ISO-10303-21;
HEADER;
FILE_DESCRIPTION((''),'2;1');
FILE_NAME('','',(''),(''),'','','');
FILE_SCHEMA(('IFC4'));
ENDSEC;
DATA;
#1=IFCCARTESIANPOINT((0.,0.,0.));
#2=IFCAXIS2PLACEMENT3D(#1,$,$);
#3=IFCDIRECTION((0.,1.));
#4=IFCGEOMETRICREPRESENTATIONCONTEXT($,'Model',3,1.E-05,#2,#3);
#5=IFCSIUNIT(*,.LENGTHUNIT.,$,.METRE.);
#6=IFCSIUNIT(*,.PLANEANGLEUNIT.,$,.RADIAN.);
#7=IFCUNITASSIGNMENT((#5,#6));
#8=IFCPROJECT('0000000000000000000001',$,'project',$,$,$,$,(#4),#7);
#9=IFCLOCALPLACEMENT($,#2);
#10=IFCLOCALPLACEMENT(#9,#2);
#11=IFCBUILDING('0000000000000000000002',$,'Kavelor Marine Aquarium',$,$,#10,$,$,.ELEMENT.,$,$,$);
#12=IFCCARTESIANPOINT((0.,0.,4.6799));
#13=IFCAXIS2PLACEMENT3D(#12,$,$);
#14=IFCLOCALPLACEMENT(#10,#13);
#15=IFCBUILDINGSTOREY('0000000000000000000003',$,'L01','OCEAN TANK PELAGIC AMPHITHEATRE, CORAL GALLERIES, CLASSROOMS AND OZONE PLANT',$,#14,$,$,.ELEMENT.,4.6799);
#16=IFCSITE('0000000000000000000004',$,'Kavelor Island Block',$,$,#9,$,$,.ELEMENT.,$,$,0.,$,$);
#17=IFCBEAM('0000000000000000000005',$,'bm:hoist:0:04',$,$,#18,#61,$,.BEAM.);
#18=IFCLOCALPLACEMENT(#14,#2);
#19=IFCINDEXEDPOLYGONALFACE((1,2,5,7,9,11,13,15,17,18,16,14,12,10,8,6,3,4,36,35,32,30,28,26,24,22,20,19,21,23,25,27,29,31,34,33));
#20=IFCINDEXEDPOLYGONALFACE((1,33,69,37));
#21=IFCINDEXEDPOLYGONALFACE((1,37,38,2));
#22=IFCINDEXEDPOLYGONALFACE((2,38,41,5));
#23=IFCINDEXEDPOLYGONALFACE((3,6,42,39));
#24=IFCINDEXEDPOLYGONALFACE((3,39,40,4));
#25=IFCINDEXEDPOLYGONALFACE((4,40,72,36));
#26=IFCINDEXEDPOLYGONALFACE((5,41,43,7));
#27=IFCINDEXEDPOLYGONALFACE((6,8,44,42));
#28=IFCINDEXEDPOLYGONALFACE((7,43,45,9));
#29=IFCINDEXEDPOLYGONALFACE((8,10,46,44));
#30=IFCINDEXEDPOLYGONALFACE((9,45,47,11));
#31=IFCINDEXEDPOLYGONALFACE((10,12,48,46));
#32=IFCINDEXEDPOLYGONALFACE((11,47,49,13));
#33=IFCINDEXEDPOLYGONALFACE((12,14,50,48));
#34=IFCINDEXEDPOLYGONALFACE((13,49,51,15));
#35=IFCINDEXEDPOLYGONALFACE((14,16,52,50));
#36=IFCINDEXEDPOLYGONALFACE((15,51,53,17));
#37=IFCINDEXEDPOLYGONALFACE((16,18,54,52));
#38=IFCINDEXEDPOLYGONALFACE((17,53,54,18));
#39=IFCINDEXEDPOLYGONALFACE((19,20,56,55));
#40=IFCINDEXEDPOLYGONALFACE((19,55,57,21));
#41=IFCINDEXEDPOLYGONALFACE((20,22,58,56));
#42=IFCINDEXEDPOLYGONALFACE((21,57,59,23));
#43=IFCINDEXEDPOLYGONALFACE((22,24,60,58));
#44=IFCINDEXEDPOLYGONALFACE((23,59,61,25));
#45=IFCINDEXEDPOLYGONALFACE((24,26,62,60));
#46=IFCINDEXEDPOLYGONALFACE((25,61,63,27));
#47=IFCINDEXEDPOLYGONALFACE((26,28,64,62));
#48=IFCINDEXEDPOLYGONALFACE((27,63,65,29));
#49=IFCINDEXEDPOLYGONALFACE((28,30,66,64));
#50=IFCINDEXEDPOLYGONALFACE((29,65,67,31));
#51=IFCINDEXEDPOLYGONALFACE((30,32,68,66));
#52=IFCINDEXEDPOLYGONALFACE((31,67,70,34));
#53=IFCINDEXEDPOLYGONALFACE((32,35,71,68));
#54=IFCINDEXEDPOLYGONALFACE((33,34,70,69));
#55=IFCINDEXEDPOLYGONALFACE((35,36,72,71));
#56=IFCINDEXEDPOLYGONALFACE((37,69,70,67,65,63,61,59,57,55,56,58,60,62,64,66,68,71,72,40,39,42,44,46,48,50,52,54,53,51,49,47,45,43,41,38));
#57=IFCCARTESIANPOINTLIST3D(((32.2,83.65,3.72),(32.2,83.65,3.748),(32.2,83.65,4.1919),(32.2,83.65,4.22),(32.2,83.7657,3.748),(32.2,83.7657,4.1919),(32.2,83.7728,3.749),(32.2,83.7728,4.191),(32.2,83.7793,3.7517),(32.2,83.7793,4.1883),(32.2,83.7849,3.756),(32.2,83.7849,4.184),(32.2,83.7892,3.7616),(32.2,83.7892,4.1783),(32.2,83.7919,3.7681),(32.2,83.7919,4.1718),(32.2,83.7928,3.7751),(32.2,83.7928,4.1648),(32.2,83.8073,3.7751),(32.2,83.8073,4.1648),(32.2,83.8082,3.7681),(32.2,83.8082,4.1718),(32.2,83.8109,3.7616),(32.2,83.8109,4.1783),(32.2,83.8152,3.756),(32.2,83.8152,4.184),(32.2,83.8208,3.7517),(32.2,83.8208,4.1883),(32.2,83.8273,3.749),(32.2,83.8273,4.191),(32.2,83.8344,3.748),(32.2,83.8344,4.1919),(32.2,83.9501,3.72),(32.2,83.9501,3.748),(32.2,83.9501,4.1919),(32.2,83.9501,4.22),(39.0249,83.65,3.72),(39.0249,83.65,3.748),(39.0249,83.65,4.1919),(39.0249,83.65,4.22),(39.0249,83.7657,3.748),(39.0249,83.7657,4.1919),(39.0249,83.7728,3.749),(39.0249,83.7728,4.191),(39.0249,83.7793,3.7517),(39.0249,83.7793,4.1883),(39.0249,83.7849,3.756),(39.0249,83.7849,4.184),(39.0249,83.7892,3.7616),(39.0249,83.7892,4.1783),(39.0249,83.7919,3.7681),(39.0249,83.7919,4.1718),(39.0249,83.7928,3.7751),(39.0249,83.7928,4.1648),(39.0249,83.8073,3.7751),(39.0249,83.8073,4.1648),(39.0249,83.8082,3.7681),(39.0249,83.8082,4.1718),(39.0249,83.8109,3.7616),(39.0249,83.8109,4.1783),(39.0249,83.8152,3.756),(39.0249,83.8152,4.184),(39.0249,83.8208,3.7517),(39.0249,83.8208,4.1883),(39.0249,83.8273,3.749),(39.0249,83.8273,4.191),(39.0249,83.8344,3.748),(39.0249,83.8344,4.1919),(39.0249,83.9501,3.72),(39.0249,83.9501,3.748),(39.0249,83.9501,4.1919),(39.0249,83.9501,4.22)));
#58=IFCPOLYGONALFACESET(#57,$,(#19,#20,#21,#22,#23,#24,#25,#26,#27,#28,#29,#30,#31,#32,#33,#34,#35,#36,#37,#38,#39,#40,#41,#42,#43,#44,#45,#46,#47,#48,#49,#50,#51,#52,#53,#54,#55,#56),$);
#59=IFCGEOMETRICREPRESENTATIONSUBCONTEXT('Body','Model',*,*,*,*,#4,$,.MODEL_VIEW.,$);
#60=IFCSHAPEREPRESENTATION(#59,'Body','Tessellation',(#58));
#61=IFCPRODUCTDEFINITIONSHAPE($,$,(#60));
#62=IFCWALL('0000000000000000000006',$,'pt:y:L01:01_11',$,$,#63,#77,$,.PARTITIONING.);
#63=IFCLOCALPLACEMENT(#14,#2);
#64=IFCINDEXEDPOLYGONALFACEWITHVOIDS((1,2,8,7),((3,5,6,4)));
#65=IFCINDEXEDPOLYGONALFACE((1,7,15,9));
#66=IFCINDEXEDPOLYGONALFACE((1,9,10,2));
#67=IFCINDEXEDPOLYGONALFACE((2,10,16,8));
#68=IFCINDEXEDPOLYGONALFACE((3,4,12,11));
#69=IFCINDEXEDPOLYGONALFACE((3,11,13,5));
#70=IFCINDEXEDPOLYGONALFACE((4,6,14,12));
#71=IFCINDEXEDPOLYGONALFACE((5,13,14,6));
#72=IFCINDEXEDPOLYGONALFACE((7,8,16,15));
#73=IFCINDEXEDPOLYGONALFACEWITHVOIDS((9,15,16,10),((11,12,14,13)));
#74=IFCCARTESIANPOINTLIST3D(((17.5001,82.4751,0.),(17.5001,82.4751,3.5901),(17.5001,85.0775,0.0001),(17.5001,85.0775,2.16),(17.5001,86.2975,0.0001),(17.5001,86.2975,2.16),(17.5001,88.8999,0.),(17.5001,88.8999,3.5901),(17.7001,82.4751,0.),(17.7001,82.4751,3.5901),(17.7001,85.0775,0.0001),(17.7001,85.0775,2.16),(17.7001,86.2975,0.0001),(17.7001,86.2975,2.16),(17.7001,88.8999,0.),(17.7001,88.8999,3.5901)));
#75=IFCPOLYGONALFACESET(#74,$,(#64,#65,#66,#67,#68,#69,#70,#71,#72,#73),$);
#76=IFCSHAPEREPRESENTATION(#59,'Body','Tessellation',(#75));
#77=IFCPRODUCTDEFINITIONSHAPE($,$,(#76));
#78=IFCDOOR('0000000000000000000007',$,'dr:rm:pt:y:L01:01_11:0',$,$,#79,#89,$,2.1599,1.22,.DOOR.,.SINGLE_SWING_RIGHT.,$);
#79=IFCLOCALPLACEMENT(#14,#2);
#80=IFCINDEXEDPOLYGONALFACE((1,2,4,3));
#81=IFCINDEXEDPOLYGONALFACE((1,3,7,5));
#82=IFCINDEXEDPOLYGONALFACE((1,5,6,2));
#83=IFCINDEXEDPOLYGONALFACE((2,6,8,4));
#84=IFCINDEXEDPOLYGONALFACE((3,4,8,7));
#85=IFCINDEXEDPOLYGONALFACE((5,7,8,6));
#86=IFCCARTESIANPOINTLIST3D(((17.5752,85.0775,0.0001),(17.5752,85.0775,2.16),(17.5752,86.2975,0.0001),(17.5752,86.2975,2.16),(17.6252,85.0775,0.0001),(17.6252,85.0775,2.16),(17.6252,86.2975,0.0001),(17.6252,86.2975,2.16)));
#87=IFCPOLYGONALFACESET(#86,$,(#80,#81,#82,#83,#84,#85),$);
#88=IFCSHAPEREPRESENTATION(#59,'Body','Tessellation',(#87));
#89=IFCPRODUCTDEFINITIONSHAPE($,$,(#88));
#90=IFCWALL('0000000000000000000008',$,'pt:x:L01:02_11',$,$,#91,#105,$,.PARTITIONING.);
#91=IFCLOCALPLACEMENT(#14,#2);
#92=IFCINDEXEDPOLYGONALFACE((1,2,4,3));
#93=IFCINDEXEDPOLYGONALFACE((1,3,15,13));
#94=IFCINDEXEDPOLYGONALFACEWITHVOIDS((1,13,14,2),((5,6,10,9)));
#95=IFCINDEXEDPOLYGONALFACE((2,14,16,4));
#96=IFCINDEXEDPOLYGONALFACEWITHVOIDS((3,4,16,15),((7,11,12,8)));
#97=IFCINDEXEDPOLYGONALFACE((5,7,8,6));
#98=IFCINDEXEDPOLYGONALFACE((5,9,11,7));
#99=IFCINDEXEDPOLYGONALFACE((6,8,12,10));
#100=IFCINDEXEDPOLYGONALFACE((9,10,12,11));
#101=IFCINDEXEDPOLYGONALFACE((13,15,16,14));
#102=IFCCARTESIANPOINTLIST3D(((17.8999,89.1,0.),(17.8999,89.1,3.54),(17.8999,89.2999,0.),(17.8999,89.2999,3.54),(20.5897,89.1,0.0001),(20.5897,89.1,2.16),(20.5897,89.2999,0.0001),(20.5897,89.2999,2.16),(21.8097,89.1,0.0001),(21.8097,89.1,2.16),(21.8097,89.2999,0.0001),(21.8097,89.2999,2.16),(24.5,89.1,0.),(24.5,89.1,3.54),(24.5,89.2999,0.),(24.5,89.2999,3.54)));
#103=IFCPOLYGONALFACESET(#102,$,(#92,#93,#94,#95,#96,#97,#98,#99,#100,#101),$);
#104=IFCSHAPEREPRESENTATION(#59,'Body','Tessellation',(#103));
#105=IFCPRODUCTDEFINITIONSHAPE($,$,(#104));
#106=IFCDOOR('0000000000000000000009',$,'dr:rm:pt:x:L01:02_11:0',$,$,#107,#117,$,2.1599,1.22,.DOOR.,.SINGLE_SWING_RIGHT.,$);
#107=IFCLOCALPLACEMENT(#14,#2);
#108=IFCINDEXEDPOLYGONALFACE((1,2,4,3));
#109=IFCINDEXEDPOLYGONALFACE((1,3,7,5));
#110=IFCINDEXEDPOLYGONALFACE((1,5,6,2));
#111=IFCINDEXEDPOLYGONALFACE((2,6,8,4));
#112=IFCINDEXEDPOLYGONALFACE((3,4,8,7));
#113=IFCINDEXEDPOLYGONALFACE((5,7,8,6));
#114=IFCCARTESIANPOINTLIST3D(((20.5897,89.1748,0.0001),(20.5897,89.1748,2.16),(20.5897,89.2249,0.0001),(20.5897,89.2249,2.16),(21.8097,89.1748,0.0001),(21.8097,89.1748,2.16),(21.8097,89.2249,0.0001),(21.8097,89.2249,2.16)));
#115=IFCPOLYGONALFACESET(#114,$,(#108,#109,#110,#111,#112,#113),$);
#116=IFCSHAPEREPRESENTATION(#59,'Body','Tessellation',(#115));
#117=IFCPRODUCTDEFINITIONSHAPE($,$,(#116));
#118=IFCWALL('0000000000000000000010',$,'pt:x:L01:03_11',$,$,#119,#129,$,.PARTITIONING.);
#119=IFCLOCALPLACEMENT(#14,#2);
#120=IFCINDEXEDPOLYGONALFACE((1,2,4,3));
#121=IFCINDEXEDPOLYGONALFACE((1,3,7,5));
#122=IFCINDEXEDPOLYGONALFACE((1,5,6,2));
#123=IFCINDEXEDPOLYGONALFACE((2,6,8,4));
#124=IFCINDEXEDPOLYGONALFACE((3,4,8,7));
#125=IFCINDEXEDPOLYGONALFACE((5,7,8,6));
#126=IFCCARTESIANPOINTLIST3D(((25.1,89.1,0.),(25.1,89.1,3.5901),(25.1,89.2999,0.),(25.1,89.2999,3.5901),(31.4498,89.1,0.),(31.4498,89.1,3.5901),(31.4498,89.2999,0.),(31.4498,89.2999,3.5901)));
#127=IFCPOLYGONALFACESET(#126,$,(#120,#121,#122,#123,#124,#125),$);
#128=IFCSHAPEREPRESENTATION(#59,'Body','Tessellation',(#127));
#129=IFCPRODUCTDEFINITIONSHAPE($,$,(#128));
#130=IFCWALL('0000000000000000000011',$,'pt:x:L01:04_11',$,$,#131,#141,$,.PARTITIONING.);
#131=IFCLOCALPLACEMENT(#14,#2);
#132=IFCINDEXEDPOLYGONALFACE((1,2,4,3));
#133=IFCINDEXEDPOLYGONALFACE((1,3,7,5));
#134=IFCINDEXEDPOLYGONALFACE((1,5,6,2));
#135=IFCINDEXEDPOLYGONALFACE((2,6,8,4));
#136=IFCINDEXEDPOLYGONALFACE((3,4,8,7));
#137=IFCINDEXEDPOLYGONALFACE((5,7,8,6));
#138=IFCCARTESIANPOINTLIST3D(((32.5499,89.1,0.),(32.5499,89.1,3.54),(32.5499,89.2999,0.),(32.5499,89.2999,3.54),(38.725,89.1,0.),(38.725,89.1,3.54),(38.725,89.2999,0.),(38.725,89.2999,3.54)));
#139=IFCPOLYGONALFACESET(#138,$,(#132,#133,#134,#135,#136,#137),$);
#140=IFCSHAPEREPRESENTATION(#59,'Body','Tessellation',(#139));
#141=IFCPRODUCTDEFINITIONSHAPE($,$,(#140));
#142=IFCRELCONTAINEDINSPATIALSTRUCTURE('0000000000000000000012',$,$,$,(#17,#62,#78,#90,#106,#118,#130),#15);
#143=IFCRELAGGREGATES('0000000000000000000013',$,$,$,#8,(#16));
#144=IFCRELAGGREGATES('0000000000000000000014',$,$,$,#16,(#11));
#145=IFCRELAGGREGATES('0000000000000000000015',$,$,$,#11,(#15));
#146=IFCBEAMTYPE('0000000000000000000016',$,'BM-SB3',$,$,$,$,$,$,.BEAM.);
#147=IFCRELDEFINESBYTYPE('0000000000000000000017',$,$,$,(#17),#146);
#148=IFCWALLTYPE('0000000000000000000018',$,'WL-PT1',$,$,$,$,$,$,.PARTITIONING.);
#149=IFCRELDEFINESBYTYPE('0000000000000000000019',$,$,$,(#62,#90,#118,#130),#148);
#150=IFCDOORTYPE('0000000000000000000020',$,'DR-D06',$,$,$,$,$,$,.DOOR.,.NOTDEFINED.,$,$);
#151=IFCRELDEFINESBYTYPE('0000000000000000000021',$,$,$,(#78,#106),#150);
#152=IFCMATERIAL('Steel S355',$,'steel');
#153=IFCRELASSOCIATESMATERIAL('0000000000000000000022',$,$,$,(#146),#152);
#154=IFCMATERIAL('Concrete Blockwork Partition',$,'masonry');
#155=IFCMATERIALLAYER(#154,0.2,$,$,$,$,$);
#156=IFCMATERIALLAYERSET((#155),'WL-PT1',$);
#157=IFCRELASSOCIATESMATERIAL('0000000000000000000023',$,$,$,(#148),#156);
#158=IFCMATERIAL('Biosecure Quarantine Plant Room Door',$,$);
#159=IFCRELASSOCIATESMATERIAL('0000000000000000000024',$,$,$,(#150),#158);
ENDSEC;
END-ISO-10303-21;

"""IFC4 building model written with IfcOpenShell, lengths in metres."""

from ifc_helpers import new_model, si_unit, direction, frame, frame_2d, origin, origin_2d, place, context, subcontext, project, spatial, rectangle, i_section, extrude, material, layer, layer_set, material_profile, profile_set, type_object, element, fill, save


model = new_model("IFC4")

# Units and contexts
model_context = context("Model", 3, precision=1e-05, world=origin(), true_north=direction((0.0, 1.0)))
body_context = subcontext(model_context, "Body", "Model", "MODEL_VIEW")
ifc_project = project(units=[si_unit("LENGTHUNIT", "METRE"), si_unit("PLANEANGLEUNIT", "RADIAN")], contexts=[model_context])

# Site, building, storey
site_placement = place(None, origin())
site = spatial("IfcSite", under=ifc_project, at=site_placement, Name="Kavelor Island Block", CompositionType="ELEMENT", RefElevation=0.0)
building_placement = place(site_placement, origin())
building = spatial("IfcBuilding", under=site, at=building_placement, Name="Kavelor Marine Aquarium", CompositionType="ELEMENT")
storey_placement = place(building_placement, frame((0.0, 0.0, 4.6799)))
storey = spatial("IfcBuildingStorey", under=building, at=storey_placement, Name="L01", Description="OCEAN TANK PELAGIC AMPHITHEATRE, CORAL GALLERIES, CLASSROOMS AND OZONE PLANT", CompositionType="ELEMENT", Elevation=4.6799)

# Beam
ifc_material_1 = material(Name="Steel S355", Category="steel")
ifc_material_profile_1 = material_profile(ifc_material_1, i_section(OverallWidth=0.3, OverallDepth=0.5, WebThickness=0.0144, FlangeThickness=0.0281, FilletRadius=0.0271, at=origin_2d()), Name="HEB 500")
ifc_profile_set_1 = profile_set([ifc_material_profile_1], Name="Steel S355")
beam_type_1 = type_object("IfcBeamType", Name="BM-SB3", PredefinedType="BEAM", material=ifc_profile_set_1)
beam_1_placement = place(storey_placement, frame((32.2, 83.8, 3.97), z_axis=(1.0, 0.0, 0.0), x_axis=(0.0, 1.0, 0.0)))
element("IfcBeam", 1, at=beam_1_placement, inside=storey, type_object=beam_type_1, Name="bm:hoist:0:04", PredefinedType="BEAM", context=body_context, shape_type="SweptSolid", body=[
    extrude(i_section(OverallWidth=0.3, OverallDepth=0.5, WebThickness=0.0144, FlangeThickness=0.0281, FilletRadius=0.0271, at=origin_2d()), origin(), (0.0, 0.0, 1.0), 6.825),
])

# Walls, openings, doors
ifc_material_2 = material(Name="Concrete Blockwork Partition", Category="masonry")
ifc_layer = layer(ifc_material_2, 0.2)
ifc_layer_set = layer_set([ifc_layer], Name="WL-PT1")
wall_type = type_object("IfcWallType", Name="WL-PT1", PredefinedType="PARTITIONING", material=ifc_layer_set)
wall_1_placement = place(storey_placement, frame((17.6001, 82.4751, 0.0), z_axis=(0.0, 0.0, 1.0), x_axis=(0.0, 1.0, 0.0)))
wall_1 = element("IfcWall", 2, at=wall_1_placement, inside=storey, type_object=wall_type, Name="pt:y:L01:01_11", PredefinedType="PARTITIONING", context=body_context, shape_type="SweptSolid", body=[
    extrude(rectangle(XDim=6.4248, YDim=0.2, at=frame_2d((3.2124, 0.0))), origin(), (0.0, 0.0, 1.0), 3.5901),
])
opening_1_placement = place(wall_1_placement, frame((2.6025, 0.0, 0.0)))
opening_1 = element("IfcOpeningElement", 3, at=opening_1_placement, cuts=wall_1, PredefinedType="OPENING", context=body_context, shape_type="SweptSolid", body=[
    extrude(rectangle(XDim=1.22, YDim=2.1599, at=frame_2d((0.6099, 1.0801))), frame((0.0, 0.1099, 0.0), z_axis=(0.0, -1.0, 0.0), x_axis=(1.0, 0.0, 0.0)), (0.0, 0.0, 1.0), 0.22),
])
ifc_material_3 = material(Name="Biosecure Quarantine Plant Room Door")
door_type = type_object("IfcDoorType", Name="DR-D06", OperationType="NOTDEFINED", PredefinedType="DOOR", material=ifc_material_3)
door_1_placement = place(opening_1_placement, origin())
door_1 = element("IfcDoor", 4, at=door_1_placement, inside=storey, type_object=door_type, Name="dr:rm:pt:y:L01:01_11:0", OperationType="SINGLE_SWING_RIGHT", OverallHeight=2.1599, OverallWidth=1.22, PredefinedType="DOOR", context=body_context, shape_type="SweptSolid", body=[
    extrude(rectangle(XDim=1.22, YDim=2.1599, at=frame_2d((0.6099, 1.0801))), frame((0.0, 0.0249, 0.0), z_axis=(0.0, -1.0, 0.0), x_axis=(1.0, 0.0, 0.0)), (0.0, 0.0, 1.0), 0.05),
])
fill(opening_1, door_1)
wall_2_placement = place(storey_placement, frame((17.8999, 89.2, 0.0), z_axis=(0.0, 0.0, 1.0), x_axis=(1.0, 0.0, 0.0)))
wall_2 = element("IfcWall", 5, at=wall_2_placement, inside=storey, type_object=wall_type, Name="pt:x:L01:02_11", PredefinedType="PARTITIONING", context=body_context, shape_type="SweptSolid", body=[
    extrude(rectangle(XDim=6.6001, YDim=0.2, at=frame_2d((3.3, 0.0))), origin(), (0.0, 0.0, 1.0), 3.54),
])
opening_2_placement = place(wall_2_placement, frame((2.6899, 0.0, 0.0)))
opening_2 = element("IfcOpeningElement", 6, at=opening_2_placement, cuts=wall_2, PredefinedType="OPENING", context=body_context, shape_type="SweptSolid", body=[
    extrude(rectangle(XDim=1.22, YDim=2.1599, at=frame_2d((0.6099, 1.0801))), frame((0.0, 0.1099, 0.0), z_axis=(0.0, -1.0, 0.0), x_axis=(1.0, 0.0, 0.0)), (0.0, 0.0, 1.0), 0.22),
])
door_2_placement = place(opening_2_placement, origin())
door_2 = element("IfcDoor", 7, at=door_2_placement, inside=storey, type_object=door_type, Name="dr:rm:pt:x:L01:02_11:0", OperationType="SINGLE_SWING_RIGHT", OverallHeight=2.1599, OverallWidth=1.22, PredefinedType="DOOR", context=body_context, shape_type="SweptSolid", body=[
    extrude(rectangle(XDim=1.22, YDim=2.1599, at=frame_2d((0.6099, 1.0801))), frame((0.0, 0.0249, 0.0), z_axis=(0.0, -1.0, 0.0), x_axis=(1.0, 0.0, 0.0)), (0.0, 0.0, 1.0), 0.05),
])
fill(opening_2, door_2)

# Walls
wall_3_placement = place(storey_placement, frame((25.1001, 89.2, 0.0), z_axis=(0.0, 0.0, 1.0), x_axis=(1.0, 0.0, 0.0)))
element("IfcWall", 8, at=wall_3_placement, inside=storey, type_object=wall_type, Name="pt:x:L01:03_11", PredefinedType="PARTITIONING", context=body_context, shape_type="SweptSolid", body=[
    extrude(rectangle(XDim=6.3499, YDim=0.2, at=frame_2d((3.1748, 0.0))), origin(), (0.0, 0.0, 1.0), 3.5901),
])
wall_4_placement = place(storey_placement, frame((32.55, 89.2, 0.0), z_axis=(0.0, 0.0, 1.0), x_axis=(1.0, 0.0, 0.0)))
element("IfcWall", 9, at=wall_4_placement, inside=storey, type_object=wall_type, Name="pt:x:L01:04_11", PredefinedType="PARTITIONING", context=body_context, shape_type="SweptSolid", body=[
    extrude(rectangle(XDim=6.175, YDim=0.2, at=frame_2d((3.0874, 0.0))), origin(), (0.0, 0.0, 1.0), 3.54),
])

save(model, "model.ifc")
